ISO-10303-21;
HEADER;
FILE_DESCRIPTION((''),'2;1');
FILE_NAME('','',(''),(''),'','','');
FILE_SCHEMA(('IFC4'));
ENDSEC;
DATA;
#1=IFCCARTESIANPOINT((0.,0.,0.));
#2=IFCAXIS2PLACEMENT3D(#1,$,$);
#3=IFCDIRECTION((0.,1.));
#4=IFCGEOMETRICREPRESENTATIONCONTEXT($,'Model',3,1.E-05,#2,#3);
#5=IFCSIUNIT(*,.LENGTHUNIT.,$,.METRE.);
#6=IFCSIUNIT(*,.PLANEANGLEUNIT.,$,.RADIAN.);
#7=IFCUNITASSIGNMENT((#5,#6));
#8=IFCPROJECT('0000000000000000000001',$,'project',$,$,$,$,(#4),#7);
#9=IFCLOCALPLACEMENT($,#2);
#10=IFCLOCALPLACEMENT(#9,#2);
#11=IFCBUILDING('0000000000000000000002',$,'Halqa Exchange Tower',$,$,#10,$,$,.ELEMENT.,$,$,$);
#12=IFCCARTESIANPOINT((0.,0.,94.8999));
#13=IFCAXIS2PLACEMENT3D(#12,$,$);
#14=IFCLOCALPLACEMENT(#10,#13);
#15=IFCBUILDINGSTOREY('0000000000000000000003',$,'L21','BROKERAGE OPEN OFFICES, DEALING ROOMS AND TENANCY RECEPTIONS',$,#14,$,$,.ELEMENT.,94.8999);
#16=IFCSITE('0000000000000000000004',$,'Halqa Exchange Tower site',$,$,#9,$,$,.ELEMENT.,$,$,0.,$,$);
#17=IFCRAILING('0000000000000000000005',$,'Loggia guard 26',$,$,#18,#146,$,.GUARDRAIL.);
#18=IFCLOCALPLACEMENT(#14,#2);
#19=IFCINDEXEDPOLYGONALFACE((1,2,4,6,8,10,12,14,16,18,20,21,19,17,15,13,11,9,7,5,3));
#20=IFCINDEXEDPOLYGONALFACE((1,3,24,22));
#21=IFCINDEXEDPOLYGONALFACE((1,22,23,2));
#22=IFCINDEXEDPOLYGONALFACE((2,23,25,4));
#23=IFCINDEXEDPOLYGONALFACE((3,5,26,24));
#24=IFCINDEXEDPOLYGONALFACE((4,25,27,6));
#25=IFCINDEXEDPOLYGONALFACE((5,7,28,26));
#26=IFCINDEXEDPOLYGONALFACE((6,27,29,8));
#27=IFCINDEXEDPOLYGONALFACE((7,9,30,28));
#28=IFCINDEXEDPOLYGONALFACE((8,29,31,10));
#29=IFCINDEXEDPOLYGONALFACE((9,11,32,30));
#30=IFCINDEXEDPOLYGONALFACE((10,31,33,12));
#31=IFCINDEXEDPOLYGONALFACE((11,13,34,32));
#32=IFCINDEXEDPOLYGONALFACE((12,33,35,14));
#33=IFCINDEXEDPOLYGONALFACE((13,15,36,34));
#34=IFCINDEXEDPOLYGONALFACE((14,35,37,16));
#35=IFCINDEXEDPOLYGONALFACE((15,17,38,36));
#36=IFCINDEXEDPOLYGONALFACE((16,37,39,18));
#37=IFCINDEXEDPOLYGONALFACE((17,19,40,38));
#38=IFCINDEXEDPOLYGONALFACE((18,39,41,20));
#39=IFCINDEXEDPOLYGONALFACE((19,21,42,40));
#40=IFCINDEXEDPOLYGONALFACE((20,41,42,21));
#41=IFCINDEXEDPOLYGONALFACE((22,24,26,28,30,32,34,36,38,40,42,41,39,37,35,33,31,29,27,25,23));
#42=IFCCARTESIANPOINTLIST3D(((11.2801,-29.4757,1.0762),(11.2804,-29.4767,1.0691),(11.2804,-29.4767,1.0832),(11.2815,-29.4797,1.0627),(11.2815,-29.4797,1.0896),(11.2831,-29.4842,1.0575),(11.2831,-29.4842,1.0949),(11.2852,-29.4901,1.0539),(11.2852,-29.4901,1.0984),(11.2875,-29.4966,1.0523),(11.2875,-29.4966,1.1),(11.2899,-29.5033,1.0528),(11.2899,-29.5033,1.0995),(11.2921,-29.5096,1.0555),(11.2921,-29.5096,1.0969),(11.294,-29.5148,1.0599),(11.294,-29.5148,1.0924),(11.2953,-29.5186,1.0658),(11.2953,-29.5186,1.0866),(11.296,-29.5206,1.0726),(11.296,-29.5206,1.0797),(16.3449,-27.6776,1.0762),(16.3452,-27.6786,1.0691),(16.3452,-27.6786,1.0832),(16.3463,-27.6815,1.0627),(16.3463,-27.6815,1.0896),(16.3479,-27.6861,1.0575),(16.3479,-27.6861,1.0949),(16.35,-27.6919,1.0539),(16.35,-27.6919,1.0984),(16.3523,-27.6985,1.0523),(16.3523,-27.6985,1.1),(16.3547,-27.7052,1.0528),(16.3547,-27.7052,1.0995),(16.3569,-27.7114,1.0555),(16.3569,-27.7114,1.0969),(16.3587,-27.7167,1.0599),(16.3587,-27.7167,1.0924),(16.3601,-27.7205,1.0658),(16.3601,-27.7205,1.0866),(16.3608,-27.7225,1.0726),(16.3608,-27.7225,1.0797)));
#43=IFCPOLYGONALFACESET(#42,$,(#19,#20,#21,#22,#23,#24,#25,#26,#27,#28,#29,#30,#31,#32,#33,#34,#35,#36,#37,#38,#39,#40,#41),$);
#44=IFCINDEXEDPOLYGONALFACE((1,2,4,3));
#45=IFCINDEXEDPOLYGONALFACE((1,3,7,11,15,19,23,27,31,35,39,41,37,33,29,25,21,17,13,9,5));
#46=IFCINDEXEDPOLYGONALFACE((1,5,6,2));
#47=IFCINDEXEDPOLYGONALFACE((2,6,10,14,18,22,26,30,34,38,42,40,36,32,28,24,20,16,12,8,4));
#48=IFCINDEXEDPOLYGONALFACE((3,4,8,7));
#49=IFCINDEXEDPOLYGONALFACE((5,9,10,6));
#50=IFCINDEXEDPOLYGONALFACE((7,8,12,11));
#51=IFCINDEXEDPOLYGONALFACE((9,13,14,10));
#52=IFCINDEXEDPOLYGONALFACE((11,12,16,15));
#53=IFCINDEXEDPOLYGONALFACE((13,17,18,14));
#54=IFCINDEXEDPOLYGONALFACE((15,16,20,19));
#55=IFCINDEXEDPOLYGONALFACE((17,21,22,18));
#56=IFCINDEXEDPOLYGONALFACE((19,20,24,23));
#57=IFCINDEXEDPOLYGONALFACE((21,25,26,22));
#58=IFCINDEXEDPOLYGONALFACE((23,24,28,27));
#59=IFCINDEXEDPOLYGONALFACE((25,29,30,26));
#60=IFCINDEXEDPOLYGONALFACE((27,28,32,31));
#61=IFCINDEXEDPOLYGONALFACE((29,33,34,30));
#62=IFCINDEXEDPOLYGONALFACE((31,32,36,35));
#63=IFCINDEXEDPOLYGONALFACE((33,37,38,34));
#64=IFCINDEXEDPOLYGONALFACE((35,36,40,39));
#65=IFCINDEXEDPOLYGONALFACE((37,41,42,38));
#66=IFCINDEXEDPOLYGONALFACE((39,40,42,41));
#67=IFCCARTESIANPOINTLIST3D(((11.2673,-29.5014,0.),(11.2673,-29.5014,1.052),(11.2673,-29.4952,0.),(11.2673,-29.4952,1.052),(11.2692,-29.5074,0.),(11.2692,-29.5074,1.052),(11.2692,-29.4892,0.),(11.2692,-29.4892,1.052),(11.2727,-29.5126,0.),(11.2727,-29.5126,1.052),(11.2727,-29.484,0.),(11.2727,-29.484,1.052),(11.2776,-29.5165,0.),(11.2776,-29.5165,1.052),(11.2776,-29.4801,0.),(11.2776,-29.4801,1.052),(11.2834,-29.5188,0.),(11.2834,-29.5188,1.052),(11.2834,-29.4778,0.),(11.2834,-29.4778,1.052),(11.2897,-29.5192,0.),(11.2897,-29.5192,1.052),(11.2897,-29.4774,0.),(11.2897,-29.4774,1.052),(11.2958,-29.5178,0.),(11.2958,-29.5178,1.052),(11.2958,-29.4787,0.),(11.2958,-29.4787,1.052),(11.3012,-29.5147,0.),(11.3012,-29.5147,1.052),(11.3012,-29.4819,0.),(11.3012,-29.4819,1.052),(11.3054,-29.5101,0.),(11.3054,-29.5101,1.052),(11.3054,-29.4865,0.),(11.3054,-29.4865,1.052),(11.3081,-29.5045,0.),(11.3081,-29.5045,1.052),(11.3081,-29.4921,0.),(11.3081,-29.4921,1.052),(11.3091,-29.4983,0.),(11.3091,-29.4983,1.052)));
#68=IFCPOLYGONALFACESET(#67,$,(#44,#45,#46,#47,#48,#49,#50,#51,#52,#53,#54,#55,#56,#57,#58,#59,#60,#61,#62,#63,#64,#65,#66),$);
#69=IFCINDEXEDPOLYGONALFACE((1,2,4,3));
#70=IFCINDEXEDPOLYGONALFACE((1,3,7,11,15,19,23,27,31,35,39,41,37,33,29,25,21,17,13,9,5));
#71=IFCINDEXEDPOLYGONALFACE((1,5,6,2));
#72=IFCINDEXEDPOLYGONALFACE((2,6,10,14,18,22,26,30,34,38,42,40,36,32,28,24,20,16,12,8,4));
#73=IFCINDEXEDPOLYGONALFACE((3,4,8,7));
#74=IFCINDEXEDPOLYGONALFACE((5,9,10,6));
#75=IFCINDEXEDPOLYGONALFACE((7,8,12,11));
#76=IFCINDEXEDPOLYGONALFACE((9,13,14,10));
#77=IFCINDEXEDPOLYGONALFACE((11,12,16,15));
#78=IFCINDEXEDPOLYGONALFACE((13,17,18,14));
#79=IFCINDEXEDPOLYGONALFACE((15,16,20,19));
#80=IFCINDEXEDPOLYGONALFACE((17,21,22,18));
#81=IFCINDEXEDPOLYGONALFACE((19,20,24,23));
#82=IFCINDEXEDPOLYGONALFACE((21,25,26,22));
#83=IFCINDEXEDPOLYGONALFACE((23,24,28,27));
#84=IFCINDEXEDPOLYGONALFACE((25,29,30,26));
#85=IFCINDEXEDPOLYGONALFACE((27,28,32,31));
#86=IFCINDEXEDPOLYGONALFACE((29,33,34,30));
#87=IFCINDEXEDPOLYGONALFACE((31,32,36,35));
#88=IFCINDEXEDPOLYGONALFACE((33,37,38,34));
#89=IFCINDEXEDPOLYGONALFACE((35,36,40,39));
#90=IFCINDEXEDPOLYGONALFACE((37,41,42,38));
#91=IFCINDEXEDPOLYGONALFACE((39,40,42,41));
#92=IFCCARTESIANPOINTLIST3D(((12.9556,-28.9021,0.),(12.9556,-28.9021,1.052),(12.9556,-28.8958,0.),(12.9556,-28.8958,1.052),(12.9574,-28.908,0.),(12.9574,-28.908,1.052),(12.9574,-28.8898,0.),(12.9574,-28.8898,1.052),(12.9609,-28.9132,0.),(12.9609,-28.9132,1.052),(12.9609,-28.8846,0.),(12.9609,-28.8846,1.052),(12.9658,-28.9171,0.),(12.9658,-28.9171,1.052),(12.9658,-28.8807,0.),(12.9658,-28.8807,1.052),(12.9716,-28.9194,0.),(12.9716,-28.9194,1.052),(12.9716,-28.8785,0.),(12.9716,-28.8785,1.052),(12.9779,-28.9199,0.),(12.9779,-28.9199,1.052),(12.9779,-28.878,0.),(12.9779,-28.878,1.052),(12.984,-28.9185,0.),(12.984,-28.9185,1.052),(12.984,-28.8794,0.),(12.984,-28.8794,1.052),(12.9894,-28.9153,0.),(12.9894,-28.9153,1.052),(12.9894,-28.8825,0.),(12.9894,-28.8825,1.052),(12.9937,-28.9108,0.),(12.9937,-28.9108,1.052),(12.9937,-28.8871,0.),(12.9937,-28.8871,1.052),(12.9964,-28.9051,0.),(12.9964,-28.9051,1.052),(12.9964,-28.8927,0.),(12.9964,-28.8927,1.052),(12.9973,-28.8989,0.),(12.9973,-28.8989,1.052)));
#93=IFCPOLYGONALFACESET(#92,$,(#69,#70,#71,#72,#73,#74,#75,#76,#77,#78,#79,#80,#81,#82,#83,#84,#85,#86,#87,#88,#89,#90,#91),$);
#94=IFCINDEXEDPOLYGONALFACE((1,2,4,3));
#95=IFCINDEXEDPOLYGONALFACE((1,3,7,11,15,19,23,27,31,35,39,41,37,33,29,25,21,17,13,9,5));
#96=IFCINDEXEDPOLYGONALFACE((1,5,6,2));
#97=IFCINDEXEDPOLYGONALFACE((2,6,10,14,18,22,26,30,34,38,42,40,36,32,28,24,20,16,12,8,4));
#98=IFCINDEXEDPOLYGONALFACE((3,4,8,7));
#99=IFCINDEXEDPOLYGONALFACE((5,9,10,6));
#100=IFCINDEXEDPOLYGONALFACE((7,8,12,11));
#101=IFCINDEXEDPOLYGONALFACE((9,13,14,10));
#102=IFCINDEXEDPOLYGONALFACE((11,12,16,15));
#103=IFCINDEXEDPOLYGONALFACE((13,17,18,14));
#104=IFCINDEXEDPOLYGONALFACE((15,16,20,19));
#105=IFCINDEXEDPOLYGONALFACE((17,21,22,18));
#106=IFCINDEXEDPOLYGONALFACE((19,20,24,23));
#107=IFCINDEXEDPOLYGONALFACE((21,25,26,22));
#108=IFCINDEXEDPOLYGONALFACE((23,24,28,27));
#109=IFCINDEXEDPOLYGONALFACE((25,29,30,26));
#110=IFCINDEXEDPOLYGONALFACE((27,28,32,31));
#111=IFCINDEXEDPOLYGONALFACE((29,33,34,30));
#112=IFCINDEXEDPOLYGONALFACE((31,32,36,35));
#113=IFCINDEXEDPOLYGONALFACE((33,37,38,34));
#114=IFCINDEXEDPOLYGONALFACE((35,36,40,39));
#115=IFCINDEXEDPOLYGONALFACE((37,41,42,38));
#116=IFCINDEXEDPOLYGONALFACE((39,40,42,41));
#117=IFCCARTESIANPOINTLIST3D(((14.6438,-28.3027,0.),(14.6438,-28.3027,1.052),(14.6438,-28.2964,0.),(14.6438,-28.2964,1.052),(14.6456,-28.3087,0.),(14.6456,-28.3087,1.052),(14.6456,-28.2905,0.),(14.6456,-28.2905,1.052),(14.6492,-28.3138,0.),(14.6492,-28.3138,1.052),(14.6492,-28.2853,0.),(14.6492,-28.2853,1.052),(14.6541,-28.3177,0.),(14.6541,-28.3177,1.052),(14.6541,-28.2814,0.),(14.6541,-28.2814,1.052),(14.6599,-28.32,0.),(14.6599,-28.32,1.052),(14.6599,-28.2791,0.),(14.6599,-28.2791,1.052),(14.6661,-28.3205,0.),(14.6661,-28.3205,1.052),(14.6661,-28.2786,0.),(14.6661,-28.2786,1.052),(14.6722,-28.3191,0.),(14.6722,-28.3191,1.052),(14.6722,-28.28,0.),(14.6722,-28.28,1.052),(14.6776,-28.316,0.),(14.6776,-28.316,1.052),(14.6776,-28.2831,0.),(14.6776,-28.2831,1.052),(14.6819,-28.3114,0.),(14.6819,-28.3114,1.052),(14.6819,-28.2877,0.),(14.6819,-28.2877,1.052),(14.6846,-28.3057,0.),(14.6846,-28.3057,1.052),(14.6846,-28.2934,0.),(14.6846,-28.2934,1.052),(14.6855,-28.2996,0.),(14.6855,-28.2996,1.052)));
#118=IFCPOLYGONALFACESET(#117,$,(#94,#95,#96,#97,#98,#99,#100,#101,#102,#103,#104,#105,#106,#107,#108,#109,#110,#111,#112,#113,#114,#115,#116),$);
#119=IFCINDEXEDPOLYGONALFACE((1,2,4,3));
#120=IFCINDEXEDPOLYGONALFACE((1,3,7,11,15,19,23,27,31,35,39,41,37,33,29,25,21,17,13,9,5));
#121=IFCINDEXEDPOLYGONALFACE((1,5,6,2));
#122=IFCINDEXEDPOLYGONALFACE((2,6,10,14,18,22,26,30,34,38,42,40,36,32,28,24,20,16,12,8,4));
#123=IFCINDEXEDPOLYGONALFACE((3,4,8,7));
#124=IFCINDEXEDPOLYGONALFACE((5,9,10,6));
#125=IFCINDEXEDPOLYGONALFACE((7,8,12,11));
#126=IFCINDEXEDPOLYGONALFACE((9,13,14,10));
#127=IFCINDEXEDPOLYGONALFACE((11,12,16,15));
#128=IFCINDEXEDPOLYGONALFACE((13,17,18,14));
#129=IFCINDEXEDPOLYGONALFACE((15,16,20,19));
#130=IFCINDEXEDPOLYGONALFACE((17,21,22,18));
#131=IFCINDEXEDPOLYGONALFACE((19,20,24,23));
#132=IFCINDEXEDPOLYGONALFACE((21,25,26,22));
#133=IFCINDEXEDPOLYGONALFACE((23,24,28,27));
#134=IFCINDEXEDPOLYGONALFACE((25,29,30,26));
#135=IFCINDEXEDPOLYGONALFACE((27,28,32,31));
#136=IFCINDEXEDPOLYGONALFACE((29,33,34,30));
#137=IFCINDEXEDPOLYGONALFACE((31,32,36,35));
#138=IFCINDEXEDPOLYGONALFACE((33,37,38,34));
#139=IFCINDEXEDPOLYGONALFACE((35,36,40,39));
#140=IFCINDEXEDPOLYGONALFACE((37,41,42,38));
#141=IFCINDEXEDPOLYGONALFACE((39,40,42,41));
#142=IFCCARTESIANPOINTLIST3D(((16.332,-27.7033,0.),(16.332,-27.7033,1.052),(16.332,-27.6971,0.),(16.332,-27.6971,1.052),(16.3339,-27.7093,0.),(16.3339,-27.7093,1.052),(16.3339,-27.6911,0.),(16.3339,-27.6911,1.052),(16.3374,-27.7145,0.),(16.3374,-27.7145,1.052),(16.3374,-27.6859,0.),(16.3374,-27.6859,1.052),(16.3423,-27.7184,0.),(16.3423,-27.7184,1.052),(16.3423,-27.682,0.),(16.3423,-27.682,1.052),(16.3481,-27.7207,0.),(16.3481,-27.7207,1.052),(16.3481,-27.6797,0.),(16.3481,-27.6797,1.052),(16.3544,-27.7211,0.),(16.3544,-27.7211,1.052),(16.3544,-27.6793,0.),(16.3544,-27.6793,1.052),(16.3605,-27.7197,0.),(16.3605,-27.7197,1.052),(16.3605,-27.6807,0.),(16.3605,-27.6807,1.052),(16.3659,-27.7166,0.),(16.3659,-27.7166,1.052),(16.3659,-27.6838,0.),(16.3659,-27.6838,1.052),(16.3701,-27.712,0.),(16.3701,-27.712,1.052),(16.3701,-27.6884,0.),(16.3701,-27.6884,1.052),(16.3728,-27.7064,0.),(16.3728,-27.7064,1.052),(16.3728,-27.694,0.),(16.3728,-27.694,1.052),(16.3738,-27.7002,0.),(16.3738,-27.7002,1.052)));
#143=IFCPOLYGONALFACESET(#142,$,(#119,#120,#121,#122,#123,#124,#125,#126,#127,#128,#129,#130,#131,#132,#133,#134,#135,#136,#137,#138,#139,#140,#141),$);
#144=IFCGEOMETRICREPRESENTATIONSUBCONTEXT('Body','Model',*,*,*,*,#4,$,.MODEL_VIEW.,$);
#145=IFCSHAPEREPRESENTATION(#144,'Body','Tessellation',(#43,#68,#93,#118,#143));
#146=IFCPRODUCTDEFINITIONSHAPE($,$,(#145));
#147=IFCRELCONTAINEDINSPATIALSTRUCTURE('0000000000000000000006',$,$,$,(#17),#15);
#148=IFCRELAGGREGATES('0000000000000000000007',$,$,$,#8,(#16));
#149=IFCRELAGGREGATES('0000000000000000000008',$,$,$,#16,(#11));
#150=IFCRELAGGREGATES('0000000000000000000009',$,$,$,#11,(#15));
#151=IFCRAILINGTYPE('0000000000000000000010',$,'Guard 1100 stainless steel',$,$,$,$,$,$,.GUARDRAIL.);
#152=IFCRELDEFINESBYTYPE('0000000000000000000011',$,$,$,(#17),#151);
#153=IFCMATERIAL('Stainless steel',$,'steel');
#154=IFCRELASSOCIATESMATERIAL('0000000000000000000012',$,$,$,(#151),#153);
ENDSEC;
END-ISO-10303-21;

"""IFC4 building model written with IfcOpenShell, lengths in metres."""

from ifc_helpers import new_model, si_unit, direction, frame, origin, origin_2d, place, context, subcontext, project, spatial, circle, extrude, material, type_object, element, save


model = new_model("IFC4")

# Units and contexts
model_context = context("Model", 3, precision=1e-05, world=origin(), true_north=direction((0.0, 1.0)))
body_context = subcontext(model_context, "Body", "Model", "MODEL_VIEW")
ifc_project = project(units=[si_unit("LENGTHUNIT", "METRE"), si_unit("PLANEANGLEUNIT", "RADIAN")], contexts=[model_context])

# Site, building, storey
site_placement = place(None, origin())
site = spatial("IfcSite", under=ifc_project, at=site_placement, Name="Halqa Exchange Tower site", CompositionType="ELEMENT", RefElevation=0.0)
building_placement = place(site_placement, origin())
building = spatial("IfcBuilding", under=site, at=building_placement, Name="Halqa Exchange Tower", CompositionType="ELEMENT")
storey_placement = place(building_placement, frame((0.0, 0.0, 94.8999)))
storey = spatial("IfcBuildingStorey", under=building, at=storey_placement, Name="L21", Description="BROKERAGE OPEN OFFICES, DEALING ROOMS AND TENANCY RECEPTIONS", CompositionType="ELEMENT", Elevation=94.8999)

# Railing
ifc_material_1 = material(Name="Stainless steel", Category="steel")
railing_type = type_object("IfcRailingType", Name="Guard 1100 stainless steel", PredefinedType="GUARDRAIL", material=ifc_material_1)
railing_1_placement = place(storey_placement, frame((11.2881, -29.4983, 0.0)))
element("IfcRailing", 1, at=railing_1_placement, inside=storey, type_object=railing_type, Name="Loggia guard 26", PredefinedType="GUARDRAIL", context=body_context, shape_type="SweptSolid", body=[
    extrude(circle(Radius=0.0239, at=origin_2d()), frame((0.0, 0.0, 1.0762), z_axis=(0.942372, 0.334566, 0.0), x_axis=(-0.334566, 0.942372, 0.0)), (0.0, 0.0, 1.0), 5.3745),
    extrude(circle(Radius=0.021, at=origin_2d()), origin(), (0.0, 0.0, 1.0), 1.052),
    extrude(circle(Radius=0.021, at=origin_2d()), frame((1.6882, 0.5994, 0.0)), (0.0, 0.0, 1.0), 1.052),
    extrude(circle(Radius=0.021, at=origin_2d()), frame((3.3765, 1.1987, 0.0)), (0.0, 0.0, 1.0), 1.052),
    extrude(circle(Radius=0.021, at=origin_2d()), frame((5.0647, 1.7981, 0.0)), (0.0, 0.0, 1.0), 1.052),
])

save(model, "model.ifc")
